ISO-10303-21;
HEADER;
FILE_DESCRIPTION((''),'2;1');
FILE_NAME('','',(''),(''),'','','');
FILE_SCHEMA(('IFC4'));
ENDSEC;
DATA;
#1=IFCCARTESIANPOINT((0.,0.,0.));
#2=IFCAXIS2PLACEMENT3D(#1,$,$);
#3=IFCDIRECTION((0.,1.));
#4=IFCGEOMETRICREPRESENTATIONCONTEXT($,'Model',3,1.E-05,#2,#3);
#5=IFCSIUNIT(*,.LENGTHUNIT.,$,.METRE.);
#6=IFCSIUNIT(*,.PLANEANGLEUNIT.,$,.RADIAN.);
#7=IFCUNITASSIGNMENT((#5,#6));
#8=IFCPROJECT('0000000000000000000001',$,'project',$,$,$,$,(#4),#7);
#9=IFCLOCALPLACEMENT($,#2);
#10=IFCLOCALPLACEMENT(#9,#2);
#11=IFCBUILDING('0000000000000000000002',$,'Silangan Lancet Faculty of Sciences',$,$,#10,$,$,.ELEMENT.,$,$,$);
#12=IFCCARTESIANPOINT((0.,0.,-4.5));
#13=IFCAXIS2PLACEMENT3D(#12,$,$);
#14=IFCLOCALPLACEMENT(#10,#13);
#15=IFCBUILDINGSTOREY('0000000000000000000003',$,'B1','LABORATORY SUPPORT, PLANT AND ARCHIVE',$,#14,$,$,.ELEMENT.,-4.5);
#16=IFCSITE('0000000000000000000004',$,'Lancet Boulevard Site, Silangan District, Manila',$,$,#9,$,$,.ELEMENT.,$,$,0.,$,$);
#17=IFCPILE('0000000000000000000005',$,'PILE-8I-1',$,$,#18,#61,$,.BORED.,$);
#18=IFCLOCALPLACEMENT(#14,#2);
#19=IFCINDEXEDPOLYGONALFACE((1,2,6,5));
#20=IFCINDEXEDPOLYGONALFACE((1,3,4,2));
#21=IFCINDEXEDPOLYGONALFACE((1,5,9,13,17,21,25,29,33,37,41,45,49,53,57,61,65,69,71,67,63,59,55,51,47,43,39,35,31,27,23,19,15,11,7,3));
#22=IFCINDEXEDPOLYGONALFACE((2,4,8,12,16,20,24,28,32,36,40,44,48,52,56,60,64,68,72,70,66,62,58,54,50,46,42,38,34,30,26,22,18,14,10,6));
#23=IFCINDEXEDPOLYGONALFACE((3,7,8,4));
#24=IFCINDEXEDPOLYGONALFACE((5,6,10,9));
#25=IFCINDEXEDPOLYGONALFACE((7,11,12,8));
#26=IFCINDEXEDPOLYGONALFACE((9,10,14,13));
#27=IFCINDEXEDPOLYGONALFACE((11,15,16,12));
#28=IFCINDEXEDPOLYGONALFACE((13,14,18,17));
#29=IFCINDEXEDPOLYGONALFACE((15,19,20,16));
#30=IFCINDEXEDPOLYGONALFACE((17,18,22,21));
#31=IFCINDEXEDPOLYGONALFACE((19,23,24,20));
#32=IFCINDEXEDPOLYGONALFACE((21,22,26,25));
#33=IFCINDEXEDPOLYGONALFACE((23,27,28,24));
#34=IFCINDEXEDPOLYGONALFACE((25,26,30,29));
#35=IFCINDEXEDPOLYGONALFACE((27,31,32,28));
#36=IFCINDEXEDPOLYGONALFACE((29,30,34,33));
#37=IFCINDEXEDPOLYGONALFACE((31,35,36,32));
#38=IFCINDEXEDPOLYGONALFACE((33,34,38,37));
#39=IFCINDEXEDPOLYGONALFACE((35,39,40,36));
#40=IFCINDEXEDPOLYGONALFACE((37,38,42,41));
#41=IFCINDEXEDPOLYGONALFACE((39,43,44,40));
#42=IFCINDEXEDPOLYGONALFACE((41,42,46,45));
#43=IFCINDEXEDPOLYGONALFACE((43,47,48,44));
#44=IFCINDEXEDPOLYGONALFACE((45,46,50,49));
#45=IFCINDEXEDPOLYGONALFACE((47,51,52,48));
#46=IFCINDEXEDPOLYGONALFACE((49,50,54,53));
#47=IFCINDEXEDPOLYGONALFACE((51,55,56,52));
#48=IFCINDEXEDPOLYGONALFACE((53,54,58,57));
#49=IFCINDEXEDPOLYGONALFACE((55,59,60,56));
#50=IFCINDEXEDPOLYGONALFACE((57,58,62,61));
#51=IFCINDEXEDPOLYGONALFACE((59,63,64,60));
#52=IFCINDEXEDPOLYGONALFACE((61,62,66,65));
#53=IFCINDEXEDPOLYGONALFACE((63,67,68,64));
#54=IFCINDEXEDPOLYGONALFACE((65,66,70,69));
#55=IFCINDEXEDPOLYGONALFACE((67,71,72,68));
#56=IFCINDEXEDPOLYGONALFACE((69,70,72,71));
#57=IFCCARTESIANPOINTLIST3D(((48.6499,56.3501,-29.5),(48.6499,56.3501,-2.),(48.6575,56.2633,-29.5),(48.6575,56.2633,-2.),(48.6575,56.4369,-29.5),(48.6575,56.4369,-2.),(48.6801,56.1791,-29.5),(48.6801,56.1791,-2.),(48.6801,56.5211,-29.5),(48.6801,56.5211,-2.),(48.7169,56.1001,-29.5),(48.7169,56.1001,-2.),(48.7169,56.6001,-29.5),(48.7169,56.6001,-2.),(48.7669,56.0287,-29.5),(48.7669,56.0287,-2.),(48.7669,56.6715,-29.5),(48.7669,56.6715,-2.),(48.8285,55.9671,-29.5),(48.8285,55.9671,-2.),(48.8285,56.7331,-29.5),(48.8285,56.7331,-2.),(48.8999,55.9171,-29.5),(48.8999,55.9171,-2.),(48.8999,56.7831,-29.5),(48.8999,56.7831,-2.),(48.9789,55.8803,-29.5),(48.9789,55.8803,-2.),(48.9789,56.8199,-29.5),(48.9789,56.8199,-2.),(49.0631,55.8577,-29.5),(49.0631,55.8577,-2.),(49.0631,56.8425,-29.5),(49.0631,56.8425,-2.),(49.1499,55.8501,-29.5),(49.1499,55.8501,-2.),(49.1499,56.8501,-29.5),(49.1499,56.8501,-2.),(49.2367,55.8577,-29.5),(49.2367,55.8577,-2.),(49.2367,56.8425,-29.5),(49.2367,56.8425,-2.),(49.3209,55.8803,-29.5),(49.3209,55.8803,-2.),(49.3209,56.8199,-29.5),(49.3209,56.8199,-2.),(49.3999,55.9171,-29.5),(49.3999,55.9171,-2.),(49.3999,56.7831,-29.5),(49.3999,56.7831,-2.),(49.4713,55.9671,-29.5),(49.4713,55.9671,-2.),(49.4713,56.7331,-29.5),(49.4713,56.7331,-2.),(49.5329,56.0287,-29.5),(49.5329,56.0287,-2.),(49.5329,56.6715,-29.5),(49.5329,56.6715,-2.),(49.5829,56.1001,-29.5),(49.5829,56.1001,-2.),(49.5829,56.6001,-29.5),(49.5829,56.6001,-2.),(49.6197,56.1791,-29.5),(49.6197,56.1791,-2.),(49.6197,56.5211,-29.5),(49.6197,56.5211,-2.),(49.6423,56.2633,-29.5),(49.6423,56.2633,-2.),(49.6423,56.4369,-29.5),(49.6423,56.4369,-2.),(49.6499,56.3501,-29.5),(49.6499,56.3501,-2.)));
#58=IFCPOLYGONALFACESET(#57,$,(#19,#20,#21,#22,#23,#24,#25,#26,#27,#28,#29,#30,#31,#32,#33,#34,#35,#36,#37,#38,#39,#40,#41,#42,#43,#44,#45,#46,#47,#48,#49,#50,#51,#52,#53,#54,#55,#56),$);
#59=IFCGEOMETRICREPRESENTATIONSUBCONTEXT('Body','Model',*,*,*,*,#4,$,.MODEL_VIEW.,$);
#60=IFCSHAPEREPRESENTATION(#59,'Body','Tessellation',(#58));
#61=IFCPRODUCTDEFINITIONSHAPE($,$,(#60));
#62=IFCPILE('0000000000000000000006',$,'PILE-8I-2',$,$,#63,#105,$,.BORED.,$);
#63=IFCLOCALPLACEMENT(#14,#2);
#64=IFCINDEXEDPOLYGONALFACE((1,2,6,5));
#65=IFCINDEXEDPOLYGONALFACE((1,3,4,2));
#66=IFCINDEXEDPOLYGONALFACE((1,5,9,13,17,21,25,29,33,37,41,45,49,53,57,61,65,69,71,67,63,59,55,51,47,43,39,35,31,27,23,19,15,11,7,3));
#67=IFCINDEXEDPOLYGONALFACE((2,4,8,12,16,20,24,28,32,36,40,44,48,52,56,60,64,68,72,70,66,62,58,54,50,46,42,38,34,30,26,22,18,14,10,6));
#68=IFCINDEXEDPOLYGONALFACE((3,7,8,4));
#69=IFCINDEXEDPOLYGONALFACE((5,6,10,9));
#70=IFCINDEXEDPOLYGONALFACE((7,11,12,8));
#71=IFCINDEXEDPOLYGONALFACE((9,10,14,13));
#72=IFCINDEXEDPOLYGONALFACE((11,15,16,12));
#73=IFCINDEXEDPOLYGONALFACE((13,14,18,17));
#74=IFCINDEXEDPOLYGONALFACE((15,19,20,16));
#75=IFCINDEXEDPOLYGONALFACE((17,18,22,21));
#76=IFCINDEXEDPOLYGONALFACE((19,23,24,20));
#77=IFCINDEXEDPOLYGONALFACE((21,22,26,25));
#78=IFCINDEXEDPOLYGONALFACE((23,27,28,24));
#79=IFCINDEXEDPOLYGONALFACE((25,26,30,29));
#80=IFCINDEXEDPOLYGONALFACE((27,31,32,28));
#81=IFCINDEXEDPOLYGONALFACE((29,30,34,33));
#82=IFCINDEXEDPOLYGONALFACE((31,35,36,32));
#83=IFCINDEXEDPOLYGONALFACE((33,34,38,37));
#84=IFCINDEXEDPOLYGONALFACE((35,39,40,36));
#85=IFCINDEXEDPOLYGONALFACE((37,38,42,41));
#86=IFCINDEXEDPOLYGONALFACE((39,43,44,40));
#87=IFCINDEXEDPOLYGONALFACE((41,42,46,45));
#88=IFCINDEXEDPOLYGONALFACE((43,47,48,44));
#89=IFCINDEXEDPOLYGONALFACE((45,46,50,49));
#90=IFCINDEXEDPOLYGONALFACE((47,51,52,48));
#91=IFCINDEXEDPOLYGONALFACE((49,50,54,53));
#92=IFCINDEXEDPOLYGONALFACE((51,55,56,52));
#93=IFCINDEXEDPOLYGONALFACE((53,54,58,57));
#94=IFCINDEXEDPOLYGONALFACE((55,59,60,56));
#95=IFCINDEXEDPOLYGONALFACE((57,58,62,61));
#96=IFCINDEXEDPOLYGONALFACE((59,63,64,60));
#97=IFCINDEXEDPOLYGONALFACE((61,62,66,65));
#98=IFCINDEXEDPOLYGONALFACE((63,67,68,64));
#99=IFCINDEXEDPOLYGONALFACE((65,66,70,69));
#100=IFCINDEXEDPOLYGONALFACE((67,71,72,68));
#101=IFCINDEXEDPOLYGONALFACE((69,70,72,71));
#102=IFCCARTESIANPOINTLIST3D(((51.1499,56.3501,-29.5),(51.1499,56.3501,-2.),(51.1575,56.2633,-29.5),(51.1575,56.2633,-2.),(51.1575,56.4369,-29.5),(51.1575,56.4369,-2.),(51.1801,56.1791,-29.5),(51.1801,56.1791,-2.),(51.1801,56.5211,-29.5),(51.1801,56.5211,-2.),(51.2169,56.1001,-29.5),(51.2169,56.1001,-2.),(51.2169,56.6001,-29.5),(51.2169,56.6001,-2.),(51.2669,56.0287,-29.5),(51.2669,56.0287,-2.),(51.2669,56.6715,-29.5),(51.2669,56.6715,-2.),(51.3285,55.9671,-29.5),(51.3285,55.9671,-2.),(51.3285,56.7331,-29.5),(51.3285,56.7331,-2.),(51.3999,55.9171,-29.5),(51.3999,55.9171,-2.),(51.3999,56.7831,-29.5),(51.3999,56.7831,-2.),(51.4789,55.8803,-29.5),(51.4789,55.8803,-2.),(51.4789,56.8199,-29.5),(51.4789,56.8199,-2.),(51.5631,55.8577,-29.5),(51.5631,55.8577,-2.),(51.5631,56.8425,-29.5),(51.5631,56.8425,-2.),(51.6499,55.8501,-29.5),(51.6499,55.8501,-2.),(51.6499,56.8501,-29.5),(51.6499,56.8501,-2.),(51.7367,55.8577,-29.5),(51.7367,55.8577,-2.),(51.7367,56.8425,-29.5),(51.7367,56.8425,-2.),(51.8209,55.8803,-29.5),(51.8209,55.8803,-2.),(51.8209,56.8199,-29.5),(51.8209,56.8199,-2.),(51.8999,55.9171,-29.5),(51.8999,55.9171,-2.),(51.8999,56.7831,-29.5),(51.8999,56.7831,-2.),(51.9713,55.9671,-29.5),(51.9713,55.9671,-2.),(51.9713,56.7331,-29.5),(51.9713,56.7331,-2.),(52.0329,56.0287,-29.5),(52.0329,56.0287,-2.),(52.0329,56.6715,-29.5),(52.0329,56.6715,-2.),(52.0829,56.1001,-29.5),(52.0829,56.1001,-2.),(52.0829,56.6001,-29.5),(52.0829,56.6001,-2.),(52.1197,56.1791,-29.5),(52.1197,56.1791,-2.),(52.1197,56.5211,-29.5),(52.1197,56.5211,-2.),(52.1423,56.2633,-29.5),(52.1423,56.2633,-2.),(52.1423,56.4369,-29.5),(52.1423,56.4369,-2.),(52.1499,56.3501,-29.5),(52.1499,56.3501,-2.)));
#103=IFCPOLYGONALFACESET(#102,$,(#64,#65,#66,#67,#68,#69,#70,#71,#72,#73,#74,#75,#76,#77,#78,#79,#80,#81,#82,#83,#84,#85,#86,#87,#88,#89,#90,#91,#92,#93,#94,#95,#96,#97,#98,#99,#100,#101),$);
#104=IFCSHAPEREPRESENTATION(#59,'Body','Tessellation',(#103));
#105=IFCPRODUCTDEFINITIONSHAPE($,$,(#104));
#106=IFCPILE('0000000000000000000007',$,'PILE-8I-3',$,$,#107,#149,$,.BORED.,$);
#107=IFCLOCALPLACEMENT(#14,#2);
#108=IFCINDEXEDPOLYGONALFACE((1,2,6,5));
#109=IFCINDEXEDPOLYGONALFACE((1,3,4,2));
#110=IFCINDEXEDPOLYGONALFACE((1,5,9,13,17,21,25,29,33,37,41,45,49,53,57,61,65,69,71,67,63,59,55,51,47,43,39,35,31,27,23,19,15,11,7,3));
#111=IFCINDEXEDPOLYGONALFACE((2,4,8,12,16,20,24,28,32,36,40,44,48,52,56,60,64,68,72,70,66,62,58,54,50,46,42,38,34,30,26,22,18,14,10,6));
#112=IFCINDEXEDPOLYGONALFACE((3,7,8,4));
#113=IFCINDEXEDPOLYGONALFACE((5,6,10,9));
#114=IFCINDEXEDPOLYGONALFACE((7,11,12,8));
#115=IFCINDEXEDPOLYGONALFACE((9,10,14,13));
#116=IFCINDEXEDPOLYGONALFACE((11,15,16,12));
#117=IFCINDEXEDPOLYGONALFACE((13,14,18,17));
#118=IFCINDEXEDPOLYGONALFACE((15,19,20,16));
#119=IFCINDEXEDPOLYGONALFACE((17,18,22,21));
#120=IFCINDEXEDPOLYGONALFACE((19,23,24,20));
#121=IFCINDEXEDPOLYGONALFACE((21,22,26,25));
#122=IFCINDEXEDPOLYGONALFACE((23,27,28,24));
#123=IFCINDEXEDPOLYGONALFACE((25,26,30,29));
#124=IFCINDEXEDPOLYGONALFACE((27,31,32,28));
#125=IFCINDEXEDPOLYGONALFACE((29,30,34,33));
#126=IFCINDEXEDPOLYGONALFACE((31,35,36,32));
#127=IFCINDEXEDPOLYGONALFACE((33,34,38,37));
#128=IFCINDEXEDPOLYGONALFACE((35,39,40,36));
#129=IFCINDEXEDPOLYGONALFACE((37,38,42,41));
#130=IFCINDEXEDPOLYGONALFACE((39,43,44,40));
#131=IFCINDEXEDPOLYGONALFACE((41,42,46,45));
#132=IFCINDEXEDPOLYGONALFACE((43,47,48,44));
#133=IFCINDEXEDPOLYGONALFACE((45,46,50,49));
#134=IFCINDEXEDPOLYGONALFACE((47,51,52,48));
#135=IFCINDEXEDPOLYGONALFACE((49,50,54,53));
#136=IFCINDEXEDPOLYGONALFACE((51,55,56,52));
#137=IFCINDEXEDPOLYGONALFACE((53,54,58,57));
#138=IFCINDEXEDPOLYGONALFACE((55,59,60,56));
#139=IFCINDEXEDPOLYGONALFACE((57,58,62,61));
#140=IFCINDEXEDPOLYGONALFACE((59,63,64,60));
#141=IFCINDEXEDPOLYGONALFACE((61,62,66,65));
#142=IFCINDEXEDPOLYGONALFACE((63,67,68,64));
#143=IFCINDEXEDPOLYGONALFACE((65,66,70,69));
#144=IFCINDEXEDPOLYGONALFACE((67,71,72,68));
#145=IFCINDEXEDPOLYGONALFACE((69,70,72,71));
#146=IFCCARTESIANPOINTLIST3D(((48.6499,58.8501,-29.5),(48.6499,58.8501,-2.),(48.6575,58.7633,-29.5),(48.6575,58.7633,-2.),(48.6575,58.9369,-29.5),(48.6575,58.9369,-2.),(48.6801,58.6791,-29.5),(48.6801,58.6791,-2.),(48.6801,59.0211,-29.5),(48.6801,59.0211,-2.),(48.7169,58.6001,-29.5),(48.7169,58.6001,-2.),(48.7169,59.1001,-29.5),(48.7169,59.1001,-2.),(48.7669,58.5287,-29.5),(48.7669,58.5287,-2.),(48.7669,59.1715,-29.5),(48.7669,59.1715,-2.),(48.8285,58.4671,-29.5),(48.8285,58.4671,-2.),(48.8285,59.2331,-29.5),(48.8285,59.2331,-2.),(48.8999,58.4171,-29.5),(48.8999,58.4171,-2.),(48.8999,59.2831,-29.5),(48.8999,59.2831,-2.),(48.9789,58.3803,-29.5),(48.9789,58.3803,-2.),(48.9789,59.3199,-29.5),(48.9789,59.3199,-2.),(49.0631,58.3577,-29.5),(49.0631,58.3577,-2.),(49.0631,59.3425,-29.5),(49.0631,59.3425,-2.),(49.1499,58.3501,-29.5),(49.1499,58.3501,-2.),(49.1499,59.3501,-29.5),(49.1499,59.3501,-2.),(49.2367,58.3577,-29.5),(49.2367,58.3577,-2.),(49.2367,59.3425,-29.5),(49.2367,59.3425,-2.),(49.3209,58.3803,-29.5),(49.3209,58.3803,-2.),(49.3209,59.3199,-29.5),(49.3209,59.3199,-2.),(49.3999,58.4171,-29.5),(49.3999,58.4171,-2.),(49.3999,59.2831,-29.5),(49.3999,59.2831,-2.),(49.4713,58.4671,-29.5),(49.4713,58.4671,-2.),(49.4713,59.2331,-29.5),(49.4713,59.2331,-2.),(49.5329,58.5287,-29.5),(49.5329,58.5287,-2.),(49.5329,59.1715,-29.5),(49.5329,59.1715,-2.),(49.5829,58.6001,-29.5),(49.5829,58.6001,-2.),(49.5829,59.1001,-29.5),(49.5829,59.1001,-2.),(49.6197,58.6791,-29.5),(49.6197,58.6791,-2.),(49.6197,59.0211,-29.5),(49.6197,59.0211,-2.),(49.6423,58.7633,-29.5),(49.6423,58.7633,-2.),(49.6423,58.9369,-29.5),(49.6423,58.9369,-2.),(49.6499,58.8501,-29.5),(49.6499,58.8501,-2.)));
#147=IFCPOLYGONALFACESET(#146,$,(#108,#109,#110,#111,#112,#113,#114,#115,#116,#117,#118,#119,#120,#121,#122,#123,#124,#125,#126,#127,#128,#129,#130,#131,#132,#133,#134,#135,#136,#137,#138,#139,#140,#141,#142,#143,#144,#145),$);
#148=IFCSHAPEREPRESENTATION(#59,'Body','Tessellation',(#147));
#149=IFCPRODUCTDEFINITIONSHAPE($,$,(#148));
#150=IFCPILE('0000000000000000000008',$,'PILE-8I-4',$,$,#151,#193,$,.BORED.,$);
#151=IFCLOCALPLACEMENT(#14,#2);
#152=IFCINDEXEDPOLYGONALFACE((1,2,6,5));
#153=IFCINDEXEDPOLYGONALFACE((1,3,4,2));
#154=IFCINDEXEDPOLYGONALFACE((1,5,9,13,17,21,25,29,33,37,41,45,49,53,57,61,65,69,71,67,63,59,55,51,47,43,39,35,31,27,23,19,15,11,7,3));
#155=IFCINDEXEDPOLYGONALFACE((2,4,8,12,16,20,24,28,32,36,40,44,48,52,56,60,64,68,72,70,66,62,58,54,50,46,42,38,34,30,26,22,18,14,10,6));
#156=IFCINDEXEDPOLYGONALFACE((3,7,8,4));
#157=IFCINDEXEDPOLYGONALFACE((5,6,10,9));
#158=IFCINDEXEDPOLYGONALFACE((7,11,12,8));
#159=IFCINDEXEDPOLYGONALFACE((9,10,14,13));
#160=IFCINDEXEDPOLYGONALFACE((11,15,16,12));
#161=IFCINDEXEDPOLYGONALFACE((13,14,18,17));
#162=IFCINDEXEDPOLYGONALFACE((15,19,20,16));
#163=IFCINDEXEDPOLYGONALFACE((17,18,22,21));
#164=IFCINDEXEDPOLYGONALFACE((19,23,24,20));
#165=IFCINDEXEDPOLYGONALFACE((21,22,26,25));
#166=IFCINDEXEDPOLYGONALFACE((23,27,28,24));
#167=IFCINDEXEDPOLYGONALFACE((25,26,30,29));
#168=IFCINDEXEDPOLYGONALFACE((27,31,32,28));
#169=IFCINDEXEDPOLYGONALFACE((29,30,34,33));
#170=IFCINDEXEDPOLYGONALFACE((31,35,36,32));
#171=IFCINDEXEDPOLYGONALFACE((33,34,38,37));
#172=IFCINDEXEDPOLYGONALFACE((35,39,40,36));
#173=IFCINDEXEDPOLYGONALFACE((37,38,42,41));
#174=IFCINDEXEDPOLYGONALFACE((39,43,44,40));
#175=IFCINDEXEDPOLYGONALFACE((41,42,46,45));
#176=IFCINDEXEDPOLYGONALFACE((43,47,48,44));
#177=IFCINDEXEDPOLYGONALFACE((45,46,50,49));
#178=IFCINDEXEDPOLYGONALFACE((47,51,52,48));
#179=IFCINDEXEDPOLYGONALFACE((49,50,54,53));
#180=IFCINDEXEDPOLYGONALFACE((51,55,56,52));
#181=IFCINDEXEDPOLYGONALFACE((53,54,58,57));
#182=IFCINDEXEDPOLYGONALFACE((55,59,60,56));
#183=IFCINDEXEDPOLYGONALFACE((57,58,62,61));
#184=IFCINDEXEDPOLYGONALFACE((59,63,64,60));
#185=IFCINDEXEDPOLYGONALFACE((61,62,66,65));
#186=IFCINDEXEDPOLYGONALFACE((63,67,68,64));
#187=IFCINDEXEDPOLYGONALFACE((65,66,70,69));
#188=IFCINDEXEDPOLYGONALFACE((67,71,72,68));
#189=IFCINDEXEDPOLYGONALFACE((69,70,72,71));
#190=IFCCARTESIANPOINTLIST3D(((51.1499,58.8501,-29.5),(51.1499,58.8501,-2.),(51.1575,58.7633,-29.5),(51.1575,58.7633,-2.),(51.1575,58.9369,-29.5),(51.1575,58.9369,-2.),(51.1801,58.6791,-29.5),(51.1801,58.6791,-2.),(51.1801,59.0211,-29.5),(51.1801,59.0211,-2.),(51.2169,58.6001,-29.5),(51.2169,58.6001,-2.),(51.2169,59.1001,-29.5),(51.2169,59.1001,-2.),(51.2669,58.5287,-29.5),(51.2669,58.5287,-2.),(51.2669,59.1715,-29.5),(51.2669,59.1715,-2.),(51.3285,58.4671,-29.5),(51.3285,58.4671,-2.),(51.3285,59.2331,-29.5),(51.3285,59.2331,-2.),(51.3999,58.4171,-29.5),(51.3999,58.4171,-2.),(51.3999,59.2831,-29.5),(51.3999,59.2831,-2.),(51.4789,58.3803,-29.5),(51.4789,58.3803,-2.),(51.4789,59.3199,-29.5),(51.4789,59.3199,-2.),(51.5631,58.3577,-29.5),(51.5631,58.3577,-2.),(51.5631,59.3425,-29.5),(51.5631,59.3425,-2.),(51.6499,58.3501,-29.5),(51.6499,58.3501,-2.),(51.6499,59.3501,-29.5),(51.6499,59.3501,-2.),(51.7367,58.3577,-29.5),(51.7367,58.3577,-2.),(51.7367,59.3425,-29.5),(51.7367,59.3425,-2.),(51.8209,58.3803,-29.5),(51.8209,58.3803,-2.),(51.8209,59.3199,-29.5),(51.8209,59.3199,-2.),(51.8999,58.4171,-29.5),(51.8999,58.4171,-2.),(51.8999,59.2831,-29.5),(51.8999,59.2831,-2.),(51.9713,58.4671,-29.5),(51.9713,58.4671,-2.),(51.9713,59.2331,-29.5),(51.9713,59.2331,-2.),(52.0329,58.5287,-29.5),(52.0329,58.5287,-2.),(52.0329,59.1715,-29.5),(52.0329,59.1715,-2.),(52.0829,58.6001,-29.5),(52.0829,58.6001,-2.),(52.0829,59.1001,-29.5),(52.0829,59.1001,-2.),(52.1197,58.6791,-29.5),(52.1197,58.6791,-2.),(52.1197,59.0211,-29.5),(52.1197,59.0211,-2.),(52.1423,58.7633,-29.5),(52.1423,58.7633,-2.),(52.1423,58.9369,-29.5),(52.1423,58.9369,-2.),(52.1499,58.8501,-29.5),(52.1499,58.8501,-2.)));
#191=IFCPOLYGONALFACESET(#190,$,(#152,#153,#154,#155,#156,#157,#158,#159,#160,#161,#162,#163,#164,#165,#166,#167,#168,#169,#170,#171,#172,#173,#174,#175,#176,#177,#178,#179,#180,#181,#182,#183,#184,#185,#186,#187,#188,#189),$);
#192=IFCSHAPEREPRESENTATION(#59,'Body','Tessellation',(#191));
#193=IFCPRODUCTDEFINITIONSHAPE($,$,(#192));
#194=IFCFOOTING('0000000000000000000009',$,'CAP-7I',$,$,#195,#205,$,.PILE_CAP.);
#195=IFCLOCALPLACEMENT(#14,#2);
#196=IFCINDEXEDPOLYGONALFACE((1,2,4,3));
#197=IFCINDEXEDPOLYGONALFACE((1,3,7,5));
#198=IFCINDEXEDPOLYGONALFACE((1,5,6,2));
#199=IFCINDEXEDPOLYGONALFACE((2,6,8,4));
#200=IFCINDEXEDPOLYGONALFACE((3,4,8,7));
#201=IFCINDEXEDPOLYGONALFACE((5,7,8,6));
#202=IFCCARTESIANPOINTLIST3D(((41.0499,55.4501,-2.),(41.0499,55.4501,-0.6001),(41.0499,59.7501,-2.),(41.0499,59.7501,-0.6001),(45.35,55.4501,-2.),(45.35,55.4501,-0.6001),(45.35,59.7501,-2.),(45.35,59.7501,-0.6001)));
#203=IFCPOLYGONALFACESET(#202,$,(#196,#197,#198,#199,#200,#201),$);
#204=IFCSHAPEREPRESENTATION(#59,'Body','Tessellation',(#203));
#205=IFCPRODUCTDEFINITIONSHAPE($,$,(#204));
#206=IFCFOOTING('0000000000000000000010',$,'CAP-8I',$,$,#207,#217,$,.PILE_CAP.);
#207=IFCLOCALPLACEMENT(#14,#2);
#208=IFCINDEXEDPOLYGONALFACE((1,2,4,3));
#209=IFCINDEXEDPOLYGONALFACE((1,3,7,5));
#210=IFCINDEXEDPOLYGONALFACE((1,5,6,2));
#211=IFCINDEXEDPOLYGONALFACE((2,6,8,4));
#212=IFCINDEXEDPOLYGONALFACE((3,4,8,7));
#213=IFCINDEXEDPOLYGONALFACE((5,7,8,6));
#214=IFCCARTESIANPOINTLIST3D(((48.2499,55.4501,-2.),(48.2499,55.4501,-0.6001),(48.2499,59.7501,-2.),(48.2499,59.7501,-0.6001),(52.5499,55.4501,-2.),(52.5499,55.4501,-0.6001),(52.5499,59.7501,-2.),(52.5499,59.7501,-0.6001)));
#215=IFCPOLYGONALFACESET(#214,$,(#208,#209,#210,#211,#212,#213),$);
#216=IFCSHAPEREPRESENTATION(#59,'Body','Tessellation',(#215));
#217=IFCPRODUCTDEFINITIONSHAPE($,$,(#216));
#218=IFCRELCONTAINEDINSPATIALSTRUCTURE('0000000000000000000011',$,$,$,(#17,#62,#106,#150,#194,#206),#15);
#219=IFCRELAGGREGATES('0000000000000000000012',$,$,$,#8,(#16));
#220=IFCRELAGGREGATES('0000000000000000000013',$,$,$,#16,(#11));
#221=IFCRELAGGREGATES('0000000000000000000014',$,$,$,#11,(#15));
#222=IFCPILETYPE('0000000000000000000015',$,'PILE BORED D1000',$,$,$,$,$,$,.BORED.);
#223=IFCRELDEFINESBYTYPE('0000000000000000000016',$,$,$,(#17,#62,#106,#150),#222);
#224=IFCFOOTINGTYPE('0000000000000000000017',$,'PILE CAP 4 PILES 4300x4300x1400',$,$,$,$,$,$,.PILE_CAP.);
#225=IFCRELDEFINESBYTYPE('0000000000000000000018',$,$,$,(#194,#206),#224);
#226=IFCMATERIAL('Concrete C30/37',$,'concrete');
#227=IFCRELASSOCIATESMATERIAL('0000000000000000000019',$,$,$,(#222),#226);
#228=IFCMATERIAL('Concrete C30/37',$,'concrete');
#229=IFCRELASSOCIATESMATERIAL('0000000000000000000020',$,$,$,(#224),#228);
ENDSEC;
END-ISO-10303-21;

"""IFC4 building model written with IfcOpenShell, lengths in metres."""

from ifc_helpers import new_model, si_unit, direction, frame, origin, origin_2d, place, context, subcontext, project, spatial, rectangle, circle, extrude, material, material_profile, profile_set, type_object, element, save


model = new_model("IFC4")

# Units and contexts
model_context = context("Model", 3, precision=1e-05, world=origin(), true_north=direction((0.0, 1.0)))
body_context = subcontext(model_context, "Body", "Model", "MODEL_VIEW")
ifc_project = project(units=[si_unit("LENGTHUNIT", "METRE"), si_unit("PLANEANGLEUNIT", "RADIAN")], contexts=[model_context])

# Site, building, storey
site_placement = place(None, origin())
site = spatial("IfcSite", under=ifc_project, at=site_placement, Name="Lancet Boulevard Site, Silangan District, Manila", CompositionType="ELEMENT", RefElevation=0.0)
building_placement = place(site_placement, origin())
building = spatial("IfcBuilding", under=site, at=building_placement, Name="Silangan Lancet Faculty of Sciences", CompositionType="ELEMENT")
storey_placement = place(building_placement, frame((0.0, 0.0, -4.5)))
storey = spatial("IfcBuildingStorey", under=building, at=storey_placement, Name="B1", Description="LABORATORY SUPPORT, PLANT AND ARCHIVE", CompositionType="ELEMENT", Elevation=-4.5)

# Piles
ifc_material_1 = material(Name="Concrete C30/37", Category="concrete")
ifc_material_profile_1 = material_profile(ifc_material_1, circle(Radius=0.5, at=origin_2d()), Name="BORED PILE D1000")
ifc_profile_set_1 = profile_set([ifc_material_profile_1], Name="Concrete C30/37")
pile_type = type_object("IfcPileType", Name="PILE BORED D1000", PredefinedType="BORED", material=ifc_profile_set_1)
for number, where, z_axis, x_axis, name in (
    (1, (49.1499, 56.3501, -2.0), (0.0, 0.0, -1.0), (1.0, 0.0, 0.0), "PILE-8I-1"),
    (2, (51.6499, 56.3501, -2.0), (0.0, 0.0, -1.0), (1.0, 0.0, 0.0), "PILE-8I-2"),
    (3, (49.1499, 58.8501, -2.0), (0.0, 0.0, -1.0), (1.0, 0.0, 0.0), "PILE-8I-3"),
    (4, (51.6499, 58.8501, -2.0), (0.0, 0.0, -1.0), (1.0, 0.0, 0.0), "PILE-8I-4"),
):
    element("IfcPile", number, at=place(storey_placement, frame(where, z_axis=z_axis, x_axis=x_axis)), inside=storey, type_object=pile_type, Name=name, PredefinedType="BORED", context=body_context, shape_type="SweptSolid", body=[
        extrude(circle(Radius=0.5, at=origin_2d()), origin(), (0.0, 0.0, 1.0), 27.5),
    ])

# Footings
ifc_material_2 = material(Name="Concrete C30/37", Category="concrete")
footing_type_1 = type_object("IfcFootingType", Name="PILE CAP 4 PILES 4300x4300x1400", PredefinedType="PILE_CAP", material=ifc_material_2)
for number, where, z_axis, x_axis, name in (
    (5, (43.2, 57.6001, -2.0), (0.0, 0.0, 1.0), (1.0, 0.0, 0.0), "CAP-7I"),
    (6, (50.3999, 57.6001, -2.0), (0.0, 0.0, 1.0), (1.0, 0.0, 0.0), "CAP-8I"),
):
    element("IfcFooting", number, at=place(storey_placement, frame(where, z_axis=z_axis, x_axis=x_axis)), inside=storey, type_object=footing_type_1, Name=name, PredefinedType="PILE_CAP", context=body_context, shape_type="SweptSolid", body=[
        extrude(rectangle(XDim=4.3, YDim=4.3, at=origin_2d()), origin(), (0.0, 0.0, 1.0), 1.3999),
    ])

save(model, "model.ifc")
